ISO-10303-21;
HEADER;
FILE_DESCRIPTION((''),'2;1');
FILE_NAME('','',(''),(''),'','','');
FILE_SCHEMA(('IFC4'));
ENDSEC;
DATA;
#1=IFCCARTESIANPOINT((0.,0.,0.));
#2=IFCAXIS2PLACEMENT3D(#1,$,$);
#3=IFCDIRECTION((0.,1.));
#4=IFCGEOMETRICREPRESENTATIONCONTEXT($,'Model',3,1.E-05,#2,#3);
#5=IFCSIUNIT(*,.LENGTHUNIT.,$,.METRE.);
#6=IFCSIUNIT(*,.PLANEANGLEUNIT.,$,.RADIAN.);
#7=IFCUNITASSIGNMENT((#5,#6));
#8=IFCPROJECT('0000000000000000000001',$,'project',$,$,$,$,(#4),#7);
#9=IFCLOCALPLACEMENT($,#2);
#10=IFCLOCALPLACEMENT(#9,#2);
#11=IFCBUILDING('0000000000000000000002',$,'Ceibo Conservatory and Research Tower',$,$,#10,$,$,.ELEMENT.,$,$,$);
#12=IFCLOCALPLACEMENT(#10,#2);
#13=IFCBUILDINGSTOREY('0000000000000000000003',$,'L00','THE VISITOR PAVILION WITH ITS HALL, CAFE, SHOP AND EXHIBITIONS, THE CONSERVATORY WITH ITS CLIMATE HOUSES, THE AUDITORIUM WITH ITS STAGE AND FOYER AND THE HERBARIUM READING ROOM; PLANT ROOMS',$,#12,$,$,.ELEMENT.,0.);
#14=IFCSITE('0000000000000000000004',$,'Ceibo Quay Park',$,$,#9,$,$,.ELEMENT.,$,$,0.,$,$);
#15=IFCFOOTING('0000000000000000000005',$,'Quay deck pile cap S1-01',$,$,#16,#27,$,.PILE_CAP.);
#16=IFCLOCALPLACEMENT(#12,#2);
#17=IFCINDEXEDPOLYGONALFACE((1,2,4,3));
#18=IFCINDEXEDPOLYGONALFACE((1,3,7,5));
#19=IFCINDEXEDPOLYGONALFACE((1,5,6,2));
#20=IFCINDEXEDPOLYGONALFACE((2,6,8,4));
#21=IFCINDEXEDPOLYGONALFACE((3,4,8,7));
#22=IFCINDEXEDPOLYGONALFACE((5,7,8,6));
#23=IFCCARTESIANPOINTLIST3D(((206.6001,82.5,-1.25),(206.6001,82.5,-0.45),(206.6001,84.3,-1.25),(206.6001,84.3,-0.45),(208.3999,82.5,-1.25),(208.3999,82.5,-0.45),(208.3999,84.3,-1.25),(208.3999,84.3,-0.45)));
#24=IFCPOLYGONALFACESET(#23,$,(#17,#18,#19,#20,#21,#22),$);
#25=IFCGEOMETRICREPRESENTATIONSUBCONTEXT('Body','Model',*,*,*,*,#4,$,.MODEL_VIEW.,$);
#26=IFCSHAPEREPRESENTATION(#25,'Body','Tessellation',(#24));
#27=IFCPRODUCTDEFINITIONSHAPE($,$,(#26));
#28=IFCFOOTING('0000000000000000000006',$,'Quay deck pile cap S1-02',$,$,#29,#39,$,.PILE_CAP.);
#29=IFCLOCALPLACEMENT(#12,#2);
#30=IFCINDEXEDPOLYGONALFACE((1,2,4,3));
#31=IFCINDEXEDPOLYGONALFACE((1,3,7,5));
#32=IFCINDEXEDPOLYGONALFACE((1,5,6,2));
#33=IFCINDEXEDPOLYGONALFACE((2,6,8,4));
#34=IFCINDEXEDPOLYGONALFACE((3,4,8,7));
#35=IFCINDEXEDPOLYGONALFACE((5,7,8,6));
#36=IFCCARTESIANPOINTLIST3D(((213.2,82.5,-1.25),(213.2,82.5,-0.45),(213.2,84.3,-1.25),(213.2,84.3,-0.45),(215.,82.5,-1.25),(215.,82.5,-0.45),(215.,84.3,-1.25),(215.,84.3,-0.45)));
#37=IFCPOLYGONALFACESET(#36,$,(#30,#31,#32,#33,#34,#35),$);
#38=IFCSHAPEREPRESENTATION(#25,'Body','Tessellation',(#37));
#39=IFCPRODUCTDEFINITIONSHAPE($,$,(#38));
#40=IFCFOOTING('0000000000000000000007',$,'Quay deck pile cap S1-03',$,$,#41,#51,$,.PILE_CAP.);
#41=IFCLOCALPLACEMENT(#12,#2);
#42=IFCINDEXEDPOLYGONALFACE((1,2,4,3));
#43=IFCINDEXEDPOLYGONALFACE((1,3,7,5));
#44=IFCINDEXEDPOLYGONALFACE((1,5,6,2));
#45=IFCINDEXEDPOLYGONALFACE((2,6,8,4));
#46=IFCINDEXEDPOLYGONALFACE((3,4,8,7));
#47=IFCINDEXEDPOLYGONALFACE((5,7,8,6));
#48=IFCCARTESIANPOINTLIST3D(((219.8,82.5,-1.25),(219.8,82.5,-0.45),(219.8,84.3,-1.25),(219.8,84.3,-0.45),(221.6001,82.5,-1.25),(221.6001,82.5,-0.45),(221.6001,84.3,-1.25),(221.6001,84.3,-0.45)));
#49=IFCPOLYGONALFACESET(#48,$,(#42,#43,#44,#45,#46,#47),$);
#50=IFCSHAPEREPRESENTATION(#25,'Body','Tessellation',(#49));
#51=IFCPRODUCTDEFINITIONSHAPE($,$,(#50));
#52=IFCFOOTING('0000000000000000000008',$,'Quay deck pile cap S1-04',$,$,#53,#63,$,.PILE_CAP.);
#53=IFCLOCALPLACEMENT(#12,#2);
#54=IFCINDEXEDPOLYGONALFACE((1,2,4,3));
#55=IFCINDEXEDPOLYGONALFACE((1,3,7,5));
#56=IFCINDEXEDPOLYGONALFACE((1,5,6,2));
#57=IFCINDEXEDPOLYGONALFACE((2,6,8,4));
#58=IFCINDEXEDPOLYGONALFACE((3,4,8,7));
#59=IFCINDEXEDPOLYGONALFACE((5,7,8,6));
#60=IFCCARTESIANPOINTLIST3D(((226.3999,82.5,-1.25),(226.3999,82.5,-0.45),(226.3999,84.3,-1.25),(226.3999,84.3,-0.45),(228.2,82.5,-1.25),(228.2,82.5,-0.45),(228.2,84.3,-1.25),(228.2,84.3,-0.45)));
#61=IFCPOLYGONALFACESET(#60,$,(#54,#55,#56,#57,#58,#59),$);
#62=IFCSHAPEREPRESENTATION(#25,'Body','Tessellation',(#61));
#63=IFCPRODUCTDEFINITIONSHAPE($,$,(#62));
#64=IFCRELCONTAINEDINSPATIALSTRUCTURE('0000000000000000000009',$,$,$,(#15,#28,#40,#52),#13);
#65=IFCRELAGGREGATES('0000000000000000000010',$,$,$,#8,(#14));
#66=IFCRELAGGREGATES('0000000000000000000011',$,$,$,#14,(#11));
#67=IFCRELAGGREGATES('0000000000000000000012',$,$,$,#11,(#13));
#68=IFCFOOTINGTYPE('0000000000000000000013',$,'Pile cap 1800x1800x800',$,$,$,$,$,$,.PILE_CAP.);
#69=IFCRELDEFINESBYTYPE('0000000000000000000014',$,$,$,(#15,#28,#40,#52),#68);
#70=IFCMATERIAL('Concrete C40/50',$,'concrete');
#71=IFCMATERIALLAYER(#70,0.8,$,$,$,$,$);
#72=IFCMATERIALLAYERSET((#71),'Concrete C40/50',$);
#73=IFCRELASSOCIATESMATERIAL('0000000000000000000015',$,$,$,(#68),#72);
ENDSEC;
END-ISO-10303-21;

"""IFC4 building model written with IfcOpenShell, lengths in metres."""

from ifc_helpers import new_model, si_unit, direction, frame, origin, place, context, subcontext, project, spatial, polyline, outline, extrude, material, layer, layer_set, type_object, element, save


model = new_model("IFC4")

# Units and contexts
model_context = context("Model", 3, precision=1e-05, world=origin(), true_north=direction((0.0, 1.0)))
body_context = subcontext(model_context, "Body", "Model", "MODEL_VIEW")
ifc_project = project(units=[si_unit("LENGTHUNIT", "METRE"), si_unit("PLANEANGLEUNIT", "RADIAN")], contexts=[model_context])

# Site, building, storey
site_placement = place(None, origin())
site = spatial("IfcSite", under=ifc_project, at=site_placement, Name="Ceibo Quay Park", CompositionType="ELEMENT", RefElevation=0.0)
building_placement = place(site_placement, origin())
building = spatial("IfcBuilding", under=site, at=building_placement, Name="Ceibo Conservatory and Research Tower", CompositionType="ELEMENT")
storey_placement = place(building_placement, origin())
storey = spatial("IfcBuildingStorey", under=building, at=storey_placement, Name="L00", Description="THE VISITOR PAVILION WITH ITS HALL, CAFE, SHOP AND EXHIBITIONS, THE CONSERVATORY WITH ITS CLIMATE HOUSES, THE AUDITORIUM WITH ITS STAGE AND FOYER AND THE HERBARIUM READING ROOM; PLANT ROOMS", CompositionType="ELEMENT", Elevation=0.0)

# Footings
ifc_material = material(Name="Concrete C40/50", Category="concrete")
ifc_layer_1 = layer(ifc_material, 0.8)
ifc_layer_set_1 = layer_set([ifc_layer_1], Name="Concrete C40/50")
footing_type_1 = type_object("IfcFootingType", Name="Pile cap 1800x1800x800", PredefinedType="PILE_CAP", material=ifc_layer_set_1)
footing_1_placement = place(storey_placement, frame((0.0, 0.0, -1.25)))
element("IfcFooting", 1, at=footing_1_placement, inside=storey, type_object=footing_type_1, Name="Quay deck pile cap S1-01", PredefinedType="PILE_CAP", context=body_context, shape_type="SweptSolid", body=[
    extrude(outline(polyline([(206.6001, 82.5), (208.3999, 82.5), (208.3999, 84.3), (206.6001, 84.3), (206.6001, 82.5)])), origin(), (0.0, 0.0, 1.0), 0.8),
])
footing_2_placement = place(storey_placement, frame((0.0, 0.0, -1.25)))
element("IfcFooting", 2, at=footing_2_placement, inside=storey, type_object=footing_type_1, Name="Quay deck pile cap S1-02", PredefinedType="PILE_CAP", context=body_context, shape_type="SweptSolid", body=[
    extrude(outline(polyline([(213.2, 82.5), (215.0, 82.5), (215.0, 84.3), (213.2, 84.3), (213.2, 82.5)])), origin(), (0.0, 0.0, 1.0), 0.8),
])
footing_3_placement = place(storey_placement, frame((0.0, 0.0, -1.25)))
element("IfcFooting", 3, at=footing_3_placement, inside=storey, type_object=footing_type_1, Name="Quay deck pile cap S1-03", PredefinedType="PILE_CAP", context=body_context, shape_type="SweptSolid", body=[
    extrude(outline(polyline([(219.8, 82.5), (221.6001, 82.5), (221.6001, 84.3), (219.8, 84.3), (219.8, 82.5)])), origin(), (0.0, 0.0, 1.0), 0.8),
])
footing_4_placement = place(storey_placement, frame((0.0, 0.0, -1.25)))
element("IfcFooting", 4, at=footing_4_placement, inside=storey, type_object=footing_type_1, Name="Quay deck pile cap S1-04", PredefinedType="PILE_CAP", context=body_context, shape_type="SweptSolid", body=[
    extrude(outline(polyline([(226.3999, 82.5), (228.2, 82.5), (228.2, 84.3), (226.3999, 84.3), (226.3999, 82.5)])), origin(), (0.0, 0.0, 1.0), 0.8),
])

save(model, "model.ifc")
